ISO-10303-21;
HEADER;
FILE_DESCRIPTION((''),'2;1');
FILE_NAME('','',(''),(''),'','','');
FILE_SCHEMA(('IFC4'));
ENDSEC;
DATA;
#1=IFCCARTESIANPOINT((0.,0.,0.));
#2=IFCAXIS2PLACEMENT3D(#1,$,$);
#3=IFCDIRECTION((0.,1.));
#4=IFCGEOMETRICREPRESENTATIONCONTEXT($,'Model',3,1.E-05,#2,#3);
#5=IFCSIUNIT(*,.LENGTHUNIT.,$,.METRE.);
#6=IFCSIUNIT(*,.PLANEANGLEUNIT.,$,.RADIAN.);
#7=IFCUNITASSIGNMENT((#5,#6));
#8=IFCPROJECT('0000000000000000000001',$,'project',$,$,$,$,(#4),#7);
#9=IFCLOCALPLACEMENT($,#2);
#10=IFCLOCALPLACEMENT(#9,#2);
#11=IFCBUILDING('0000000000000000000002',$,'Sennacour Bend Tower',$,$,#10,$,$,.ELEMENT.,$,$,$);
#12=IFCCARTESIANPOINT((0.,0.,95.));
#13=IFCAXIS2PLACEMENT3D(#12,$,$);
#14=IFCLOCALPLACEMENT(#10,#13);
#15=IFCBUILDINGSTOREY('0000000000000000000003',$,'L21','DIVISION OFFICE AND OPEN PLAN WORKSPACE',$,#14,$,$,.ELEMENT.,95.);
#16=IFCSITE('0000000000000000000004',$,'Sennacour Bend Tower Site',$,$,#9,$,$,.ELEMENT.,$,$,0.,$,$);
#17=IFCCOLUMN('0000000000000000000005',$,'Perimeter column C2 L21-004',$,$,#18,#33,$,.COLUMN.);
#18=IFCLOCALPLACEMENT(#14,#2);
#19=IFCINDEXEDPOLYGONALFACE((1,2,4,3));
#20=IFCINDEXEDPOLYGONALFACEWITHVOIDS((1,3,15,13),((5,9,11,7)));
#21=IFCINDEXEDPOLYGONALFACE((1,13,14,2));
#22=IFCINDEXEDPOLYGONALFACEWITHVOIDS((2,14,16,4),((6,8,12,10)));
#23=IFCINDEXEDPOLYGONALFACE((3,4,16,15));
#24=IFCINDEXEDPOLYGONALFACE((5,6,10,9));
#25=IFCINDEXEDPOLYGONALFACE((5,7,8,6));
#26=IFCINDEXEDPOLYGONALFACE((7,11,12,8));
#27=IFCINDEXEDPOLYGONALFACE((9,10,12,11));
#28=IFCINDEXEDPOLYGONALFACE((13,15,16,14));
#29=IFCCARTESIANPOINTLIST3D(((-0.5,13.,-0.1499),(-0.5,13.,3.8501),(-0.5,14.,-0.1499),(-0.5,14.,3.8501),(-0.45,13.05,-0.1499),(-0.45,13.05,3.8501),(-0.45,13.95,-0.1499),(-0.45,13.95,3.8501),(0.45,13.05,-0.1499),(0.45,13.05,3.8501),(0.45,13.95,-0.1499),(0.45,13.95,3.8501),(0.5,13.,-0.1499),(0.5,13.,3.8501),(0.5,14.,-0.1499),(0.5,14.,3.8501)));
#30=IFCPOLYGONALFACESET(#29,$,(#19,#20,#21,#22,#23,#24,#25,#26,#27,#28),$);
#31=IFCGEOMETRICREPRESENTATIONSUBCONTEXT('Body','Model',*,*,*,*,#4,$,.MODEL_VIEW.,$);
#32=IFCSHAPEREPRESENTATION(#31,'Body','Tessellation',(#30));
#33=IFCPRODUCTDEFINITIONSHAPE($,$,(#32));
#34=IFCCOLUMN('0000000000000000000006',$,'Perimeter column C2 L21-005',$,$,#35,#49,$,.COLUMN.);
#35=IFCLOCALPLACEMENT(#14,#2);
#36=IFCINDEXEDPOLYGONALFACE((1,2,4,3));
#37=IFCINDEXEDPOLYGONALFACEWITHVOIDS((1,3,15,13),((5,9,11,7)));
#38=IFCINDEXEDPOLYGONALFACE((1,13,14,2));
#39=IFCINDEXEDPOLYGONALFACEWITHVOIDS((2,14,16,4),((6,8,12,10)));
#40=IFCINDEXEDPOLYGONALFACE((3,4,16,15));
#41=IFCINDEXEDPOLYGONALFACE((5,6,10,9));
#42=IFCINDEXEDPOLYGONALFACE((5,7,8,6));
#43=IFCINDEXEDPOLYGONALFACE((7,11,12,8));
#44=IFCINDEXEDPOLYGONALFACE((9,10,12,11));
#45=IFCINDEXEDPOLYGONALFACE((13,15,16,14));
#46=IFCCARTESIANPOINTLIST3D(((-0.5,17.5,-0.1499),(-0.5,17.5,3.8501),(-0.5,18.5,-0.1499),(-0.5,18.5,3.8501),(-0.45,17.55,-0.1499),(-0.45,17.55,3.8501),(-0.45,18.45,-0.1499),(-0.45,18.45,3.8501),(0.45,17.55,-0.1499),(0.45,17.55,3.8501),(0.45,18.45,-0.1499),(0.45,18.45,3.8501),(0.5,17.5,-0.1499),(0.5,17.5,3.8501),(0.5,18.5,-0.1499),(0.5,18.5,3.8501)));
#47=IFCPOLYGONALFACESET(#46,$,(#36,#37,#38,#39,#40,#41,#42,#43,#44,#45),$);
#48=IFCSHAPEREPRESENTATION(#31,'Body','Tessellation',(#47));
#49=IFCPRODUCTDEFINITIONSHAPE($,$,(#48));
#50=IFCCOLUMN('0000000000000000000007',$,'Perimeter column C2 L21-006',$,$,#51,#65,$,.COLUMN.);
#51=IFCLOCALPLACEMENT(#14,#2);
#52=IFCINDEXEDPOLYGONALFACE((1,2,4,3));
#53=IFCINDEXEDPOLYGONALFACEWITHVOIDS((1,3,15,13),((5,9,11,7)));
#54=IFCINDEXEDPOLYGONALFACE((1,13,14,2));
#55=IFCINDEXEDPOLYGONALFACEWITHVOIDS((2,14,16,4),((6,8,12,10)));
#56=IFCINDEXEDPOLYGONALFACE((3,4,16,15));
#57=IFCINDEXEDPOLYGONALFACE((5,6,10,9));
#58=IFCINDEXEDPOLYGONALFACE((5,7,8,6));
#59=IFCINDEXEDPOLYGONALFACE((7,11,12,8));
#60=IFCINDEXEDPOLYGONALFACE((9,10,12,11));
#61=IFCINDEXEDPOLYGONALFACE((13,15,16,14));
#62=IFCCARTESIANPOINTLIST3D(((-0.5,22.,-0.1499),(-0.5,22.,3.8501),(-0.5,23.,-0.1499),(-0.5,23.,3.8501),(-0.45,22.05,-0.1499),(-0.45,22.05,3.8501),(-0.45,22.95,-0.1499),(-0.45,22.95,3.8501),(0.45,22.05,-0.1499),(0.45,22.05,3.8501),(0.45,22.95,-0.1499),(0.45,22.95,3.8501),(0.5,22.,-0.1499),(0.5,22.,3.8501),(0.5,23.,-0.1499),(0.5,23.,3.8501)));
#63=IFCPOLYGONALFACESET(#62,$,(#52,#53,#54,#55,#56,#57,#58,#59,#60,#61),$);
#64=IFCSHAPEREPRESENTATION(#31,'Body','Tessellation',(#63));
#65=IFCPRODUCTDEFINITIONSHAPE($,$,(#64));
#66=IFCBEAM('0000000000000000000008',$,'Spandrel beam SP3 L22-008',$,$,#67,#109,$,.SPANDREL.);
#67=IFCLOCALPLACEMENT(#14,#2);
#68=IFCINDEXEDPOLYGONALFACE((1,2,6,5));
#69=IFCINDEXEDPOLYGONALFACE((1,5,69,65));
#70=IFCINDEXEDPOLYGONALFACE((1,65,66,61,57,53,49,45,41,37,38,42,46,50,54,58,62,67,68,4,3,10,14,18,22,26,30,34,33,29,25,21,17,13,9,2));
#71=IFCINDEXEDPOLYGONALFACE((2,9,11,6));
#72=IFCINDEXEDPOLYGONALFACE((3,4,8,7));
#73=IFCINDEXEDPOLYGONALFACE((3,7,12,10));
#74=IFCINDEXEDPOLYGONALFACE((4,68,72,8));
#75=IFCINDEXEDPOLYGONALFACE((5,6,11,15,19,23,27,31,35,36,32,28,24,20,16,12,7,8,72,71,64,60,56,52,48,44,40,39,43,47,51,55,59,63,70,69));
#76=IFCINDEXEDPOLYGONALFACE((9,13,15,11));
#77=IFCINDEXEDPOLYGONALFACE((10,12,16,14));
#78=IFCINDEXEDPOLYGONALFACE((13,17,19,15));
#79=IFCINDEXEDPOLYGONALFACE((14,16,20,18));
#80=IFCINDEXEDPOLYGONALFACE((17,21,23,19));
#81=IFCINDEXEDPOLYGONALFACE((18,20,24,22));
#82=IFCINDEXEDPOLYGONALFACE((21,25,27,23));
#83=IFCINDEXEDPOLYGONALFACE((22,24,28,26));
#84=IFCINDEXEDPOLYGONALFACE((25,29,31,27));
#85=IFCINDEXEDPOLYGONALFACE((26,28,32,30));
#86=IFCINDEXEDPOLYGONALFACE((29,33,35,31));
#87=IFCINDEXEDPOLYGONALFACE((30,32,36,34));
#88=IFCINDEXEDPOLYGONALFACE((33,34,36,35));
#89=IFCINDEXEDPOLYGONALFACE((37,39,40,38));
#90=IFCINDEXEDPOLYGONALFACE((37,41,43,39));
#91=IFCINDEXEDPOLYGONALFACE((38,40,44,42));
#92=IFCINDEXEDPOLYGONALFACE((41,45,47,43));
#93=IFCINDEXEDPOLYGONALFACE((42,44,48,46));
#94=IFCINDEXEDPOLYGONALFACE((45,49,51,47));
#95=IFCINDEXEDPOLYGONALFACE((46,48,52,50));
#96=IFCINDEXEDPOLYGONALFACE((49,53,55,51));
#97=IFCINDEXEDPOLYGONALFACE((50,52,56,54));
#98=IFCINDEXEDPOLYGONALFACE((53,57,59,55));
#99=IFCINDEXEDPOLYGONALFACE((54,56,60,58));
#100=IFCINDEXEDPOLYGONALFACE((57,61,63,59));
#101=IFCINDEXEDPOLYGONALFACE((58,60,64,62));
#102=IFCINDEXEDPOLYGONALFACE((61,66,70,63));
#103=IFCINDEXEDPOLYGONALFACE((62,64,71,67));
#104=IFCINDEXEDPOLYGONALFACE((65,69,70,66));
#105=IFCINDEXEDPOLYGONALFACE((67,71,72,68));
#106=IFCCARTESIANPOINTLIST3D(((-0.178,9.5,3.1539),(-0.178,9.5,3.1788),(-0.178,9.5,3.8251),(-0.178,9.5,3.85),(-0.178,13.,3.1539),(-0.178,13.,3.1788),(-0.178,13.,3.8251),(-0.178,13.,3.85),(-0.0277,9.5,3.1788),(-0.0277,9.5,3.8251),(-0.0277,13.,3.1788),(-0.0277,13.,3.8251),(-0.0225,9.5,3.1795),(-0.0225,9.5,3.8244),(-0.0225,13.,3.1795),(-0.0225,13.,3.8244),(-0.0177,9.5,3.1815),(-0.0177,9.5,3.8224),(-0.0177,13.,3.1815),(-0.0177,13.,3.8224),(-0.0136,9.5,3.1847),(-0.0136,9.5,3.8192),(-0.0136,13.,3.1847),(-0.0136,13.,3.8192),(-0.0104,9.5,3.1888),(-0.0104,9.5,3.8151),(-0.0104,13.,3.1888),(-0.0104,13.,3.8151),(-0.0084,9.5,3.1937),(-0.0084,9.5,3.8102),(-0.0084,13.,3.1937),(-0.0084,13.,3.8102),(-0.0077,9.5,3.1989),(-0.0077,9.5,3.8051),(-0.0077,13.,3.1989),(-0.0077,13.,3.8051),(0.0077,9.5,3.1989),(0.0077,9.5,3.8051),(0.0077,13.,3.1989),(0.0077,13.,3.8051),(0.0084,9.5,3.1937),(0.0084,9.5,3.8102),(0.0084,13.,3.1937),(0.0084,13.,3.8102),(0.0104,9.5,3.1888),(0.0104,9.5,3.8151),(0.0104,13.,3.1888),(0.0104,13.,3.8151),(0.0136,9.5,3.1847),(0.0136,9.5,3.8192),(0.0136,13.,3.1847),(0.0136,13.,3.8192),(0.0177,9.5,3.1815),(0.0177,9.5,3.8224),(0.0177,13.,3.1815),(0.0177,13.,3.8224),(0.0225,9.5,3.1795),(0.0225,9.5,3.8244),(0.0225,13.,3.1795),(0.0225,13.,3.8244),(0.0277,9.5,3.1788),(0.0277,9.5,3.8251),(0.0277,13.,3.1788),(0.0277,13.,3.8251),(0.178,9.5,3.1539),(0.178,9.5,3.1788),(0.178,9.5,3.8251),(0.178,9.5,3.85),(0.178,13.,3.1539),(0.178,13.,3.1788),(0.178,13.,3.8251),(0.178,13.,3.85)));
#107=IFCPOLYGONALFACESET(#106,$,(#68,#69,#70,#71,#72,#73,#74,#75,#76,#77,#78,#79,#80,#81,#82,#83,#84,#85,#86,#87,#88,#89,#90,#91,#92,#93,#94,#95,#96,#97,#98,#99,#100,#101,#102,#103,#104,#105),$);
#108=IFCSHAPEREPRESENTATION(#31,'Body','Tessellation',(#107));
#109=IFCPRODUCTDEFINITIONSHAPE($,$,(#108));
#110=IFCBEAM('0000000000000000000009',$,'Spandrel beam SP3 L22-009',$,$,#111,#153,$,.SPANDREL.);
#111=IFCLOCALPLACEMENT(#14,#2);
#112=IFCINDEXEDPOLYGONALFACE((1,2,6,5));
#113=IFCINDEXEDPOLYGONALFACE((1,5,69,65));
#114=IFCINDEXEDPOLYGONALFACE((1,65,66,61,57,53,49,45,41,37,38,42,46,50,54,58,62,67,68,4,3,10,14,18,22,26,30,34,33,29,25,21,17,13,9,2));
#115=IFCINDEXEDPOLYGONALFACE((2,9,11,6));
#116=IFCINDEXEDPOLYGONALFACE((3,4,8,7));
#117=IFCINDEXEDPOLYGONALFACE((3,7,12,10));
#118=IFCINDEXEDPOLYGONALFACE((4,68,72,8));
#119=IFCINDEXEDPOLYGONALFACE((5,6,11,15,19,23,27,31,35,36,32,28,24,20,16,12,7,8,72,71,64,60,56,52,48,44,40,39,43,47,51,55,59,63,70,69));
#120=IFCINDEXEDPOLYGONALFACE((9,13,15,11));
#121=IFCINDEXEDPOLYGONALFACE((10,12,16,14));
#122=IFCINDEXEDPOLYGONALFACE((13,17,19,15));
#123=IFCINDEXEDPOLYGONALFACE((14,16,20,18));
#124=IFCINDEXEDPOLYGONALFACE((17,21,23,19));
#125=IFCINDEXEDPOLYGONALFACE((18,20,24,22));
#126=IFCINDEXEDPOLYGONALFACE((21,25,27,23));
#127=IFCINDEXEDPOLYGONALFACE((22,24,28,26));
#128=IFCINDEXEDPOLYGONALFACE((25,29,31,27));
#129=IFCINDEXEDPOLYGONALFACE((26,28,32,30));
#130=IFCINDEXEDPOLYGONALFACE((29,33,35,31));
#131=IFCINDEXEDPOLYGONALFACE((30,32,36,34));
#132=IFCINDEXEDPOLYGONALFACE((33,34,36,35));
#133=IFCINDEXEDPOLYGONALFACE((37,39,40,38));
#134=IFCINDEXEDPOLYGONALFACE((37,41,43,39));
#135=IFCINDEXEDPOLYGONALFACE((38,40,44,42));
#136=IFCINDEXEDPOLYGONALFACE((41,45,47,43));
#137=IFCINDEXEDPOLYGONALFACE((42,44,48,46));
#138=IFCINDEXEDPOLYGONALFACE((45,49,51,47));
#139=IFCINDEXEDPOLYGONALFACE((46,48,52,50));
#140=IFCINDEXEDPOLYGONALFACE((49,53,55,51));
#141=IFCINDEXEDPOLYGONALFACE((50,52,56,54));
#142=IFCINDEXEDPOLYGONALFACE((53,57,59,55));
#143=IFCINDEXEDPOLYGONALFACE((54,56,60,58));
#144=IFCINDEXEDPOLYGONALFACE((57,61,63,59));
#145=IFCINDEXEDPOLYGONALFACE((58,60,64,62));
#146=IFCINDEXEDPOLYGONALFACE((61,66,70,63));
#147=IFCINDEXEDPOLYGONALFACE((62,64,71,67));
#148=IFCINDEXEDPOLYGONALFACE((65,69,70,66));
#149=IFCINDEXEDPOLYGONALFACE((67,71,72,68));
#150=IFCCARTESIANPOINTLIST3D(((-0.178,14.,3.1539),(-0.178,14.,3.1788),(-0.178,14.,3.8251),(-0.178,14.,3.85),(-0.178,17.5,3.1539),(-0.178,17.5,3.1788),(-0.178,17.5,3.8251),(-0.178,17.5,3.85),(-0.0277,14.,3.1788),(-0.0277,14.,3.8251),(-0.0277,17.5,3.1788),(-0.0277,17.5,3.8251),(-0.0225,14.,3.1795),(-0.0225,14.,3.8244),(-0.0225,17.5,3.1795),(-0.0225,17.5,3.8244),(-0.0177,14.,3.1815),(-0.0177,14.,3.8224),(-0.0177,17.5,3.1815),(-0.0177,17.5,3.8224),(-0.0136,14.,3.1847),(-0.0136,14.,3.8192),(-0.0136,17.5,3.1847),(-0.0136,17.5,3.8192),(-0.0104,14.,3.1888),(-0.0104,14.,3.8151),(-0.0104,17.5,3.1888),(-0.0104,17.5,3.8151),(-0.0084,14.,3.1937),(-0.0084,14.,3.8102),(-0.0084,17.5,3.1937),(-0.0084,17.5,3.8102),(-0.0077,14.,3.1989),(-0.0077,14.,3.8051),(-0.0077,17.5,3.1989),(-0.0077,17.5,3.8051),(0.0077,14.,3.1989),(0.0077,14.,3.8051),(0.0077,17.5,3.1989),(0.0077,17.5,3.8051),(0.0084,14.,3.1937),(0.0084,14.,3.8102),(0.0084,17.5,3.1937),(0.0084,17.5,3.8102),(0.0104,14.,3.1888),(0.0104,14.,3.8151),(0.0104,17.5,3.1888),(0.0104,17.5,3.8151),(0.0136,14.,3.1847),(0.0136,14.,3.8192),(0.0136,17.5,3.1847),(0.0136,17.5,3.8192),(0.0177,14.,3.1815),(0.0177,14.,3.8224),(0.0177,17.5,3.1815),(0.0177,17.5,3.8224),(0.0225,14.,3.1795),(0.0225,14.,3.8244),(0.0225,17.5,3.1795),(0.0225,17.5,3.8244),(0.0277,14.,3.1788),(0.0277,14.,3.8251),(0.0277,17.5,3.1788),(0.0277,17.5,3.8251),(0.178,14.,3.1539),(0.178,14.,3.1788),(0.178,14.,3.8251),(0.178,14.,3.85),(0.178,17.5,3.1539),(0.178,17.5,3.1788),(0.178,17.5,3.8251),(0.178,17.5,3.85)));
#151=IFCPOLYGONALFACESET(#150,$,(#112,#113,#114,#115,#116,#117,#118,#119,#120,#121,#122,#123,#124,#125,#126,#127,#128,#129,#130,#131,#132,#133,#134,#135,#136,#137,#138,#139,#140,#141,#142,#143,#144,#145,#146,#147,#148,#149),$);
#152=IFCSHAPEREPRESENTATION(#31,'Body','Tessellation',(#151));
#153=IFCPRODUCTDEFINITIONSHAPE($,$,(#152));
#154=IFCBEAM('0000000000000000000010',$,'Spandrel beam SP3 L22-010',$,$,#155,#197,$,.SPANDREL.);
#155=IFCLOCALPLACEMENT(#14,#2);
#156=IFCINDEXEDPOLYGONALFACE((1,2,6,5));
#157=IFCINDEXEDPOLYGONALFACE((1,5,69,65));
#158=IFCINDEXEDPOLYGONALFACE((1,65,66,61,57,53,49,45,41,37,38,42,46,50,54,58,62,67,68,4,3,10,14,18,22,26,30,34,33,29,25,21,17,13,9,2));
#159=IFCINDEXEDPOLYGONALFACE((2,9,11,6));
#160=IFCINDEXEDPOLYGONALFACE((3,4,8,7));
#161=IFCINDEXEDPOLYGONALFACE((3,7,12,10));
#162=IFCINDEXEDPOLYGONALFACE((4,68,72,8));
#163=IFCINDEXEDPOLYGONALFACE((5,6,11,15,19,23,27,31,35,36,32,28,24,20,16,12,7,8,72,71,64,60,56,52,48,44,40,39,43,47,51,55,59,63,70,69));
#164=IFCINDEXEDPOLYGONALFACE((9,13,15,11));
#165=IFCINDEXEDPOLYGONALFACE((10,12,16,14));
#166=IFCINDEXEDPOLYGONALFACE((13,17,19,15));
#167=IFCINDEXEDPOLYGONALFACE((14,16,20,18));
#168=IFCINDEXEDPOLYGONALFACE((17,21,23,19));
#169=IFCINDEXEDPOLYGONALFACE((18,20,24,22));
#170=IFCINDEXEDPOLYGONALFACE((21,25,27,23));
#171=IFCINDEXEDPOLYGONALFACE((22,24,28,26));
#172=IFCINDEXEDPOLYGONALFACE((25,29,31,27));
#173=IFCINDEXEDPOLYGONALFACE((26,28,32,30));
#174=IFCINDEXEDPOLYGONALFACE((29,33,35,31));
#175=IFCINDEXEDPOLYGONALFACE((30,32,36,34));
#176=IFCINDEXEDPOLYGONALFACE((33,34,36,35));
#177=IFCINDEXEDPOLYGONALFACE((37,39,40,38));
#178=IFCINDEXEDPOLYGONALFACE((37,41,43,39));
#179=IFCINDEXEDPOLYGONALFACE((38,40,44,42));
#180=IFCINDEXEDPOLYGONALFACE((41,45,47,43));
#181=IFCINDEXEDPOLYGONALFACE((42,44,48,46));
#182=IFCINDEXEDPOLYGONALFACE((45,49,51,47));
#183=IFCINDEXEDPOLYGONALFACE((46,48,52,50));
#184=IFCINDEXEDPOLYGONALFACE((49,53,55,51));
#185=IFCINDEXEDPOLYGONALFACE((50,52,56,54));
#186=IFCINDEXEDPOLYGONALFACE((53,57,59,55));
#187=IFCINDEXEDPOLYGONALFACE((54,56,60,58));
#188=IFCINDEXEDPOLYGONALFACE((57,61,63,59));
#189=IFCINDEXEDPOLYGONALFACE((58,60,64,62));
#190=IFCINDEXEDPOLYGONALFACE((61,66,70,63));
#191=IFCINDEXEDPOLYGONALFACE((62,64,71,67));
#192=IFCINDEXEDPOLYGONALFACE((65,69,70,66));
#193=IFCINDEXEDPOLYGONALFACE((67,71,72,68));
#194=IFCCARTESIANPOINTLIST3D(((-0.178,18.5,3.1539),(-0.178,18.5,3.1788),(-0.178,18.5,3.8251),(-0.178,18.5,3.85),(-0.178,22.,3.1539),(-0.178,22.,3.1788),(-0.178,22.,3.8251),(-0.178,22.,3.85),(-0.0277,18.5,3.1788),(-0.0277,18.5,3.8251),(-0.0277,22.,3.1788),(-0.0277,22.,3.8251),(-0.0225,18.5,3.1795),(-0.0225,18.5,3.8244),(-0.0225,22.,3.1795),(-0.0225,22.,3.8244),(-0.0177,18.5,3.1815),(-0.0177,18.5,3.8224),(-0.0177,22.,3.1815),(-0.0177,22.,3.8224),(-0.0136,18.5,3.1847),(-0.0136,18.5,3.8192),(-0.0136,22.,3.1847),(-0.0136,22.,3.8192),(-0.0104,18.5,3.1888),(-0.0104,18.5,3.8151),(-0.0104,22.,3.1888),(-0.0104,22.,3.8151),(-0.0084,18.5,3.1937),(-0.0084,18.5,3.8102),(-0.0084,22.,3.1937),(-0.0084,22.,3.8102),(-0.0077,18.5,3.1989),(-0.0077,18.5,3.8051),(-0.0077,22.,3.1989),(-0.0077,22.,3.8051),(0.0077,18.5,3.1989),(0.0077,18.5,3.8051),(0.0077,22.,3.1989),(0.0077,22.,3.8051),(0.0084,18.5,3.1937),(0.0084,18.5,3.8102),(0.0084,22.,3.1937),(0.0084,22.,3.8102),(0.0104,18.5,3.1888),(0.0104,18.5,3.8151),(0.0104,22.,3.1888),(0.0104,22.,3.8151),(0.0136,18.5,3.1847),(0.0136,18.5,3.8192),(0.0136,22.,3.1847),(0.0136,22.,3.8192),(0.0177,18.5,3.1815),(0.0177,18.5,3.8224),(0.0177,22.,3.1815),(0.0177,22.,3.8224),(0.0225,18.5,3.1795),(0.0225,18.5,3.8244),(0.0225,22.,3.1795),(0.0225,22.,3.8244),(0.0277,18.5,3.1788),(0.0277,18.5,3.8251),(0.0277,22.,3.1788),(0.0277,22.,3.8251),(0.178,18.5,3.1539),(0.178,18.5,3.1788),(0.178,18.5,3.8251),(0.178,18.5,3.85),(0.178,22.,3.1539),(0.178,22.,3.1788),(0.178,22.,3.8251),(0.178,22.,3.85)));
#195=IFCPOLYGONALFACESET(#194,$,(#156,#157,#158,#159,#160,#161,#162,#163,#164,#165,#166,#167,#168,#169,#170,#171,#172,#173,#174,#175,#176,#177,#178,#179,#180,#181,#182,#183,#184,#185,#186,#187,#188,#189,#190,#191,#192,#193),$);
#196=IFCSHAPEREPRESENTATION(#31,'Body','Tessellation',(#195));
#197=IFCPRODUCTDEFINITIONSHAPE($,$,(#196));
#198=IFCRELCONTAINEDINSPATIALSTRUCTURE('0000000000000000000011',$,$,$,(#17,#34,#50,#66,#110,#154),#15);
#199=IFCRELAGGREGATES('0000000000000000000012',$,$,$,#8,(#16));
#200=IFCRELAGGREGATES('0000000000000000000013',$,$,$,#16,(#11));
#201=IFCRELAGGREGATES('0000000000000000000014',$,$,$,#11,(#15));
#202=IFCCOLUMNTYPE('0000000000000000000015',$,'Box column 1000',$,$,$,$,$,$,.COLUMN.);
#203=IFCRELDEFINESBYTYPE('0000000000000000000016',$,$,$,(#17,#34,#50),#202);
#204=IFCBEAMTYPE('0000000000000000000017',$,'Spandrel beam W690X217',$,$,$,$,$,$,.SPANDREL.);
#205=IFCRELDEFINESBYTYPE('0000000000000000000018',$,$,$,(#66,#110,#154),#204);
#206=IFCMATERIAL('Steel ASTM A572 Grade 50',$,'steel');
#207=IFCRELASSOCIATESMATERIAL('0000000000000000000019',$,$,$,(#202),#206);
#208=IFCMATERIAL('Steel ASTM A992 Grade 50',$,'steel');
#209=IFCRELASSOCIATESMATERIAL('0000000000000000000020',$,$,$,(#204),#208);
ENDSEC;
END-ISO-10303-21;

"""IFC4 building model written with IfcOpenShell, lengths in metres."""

from ifc_helpers import new_model, si_unit, direction, frame, origin, origin_2d, place, context, subcontext, project, spatial, hollow_rectangle, i_section, extrude, material, material_profile, profile_set, type_object, element, save


model = new_model("IFC4")

# Units and contexts
model_context = context("Model", 3, precision=1e-05, world=origin(), true_north=direction((0.0, 1.0)))
body_context = subcontext(model_context, "Body", "Model", "MODEL_VIEW")
ifc_project = project(units=[si_unit("LENGTHUNIT", "METRE"), si_unit("PLANEANGLEUNIT", "RADIAN")], contexts=[model_context])

# Site, building, storey
site_placement = place(None, origin())
site = spatial("IfcSite", under=ifc_project, at=site_placement, Name="Sennacour Bend Tower Site", CompositionType="ELEMENT", RefElevation=0.0)
building_placement = place(site_placement, origin())
building = spatial("IfcBuilding", under=site, at=building_placement, Name="Sennacour Bend Tower", CompositionType="ELEMENT")
storey_placement = place(building_placement, frame((0.0, 0.0, 95.0)))
storey = spatial("IfcBuildingStorey", under=building, at=storey_placement, Name="L21", Description="DIVISION OFFICE AND OPEN PLAN WORKSPACE", CompositionType="ELEMENT", Elevation=95.0)

# Columns
ifc_material_1 = material(Name="Steel ASTM A572 Grade 50", Category="steel")
ifc_material_profile_1 = material_profile(ifc_material_1, hollow_rectangle(XDim=1.0, YDim=1.0, WallThickness=0.05, at=origin_2d()), Name="Steel ASTM A572 Grade 50", Category="steel")
ifc_profile_set_1 = profile_set([ifc_material_profile_1], Name="Steel ASTM A572 Grade 50")
column_type = type_object("IfcColumnType", Name="Box column 1000", PredefinedType="COLUMN", material=ifc_profile_set_1)
for number, where, z_axis, x_axis, name in (
    (1, (0.0, 13.5, -0.1499), (0.0, 0.0, 1.0), (1.0, 0.0, 0.0), "Perimeter column C2 L21-004"),
    (2, (0.0, 18.0, -0.1499), (0.0, 0.0, 1.0), (1.0, 0.0, 0.0), "Perimeter column C2 L21-005"),
    (3, (0.0, 22.5, -0.1499), (0.0, 0.0, 1.0), (1.0, 0.0, 0.0), "Perimeter column C2 L21-006"),
):
    element("IfcColumn", number, at=place(storey_placement, frame(where, z_axis=z_axis, x_axis=x_axis)), inside=storey, type_object=column_type, Name=name, PredefinedType="COLUMN", context=body_context, shape_type="SweptSolid", body=[
        extrude(hollow_rectangle(XDim=1.0, YDim=1.0, WallThickness=0.05, at=origin_2d()), origin(), (0.0, 0.0, 1.0), 4.0),
    ])

# Beams
ifc_material_2 = material(Name="Steel ASTM A992 Grade 50", Category="steel")
ifc_material_profile_2 = material_profile(ifc_material_2, i_section(OverallWidth=0.356, OverallDepth=0.696, WebThickness=0.0154, FlangeThickness=0.0249, FilletRadius=0.02, at=origin_2d()), Name="Steel ASTM A992 Grade 50", Category="steel")
ifc_profile_set_2 = profile_set([ifc_material_profile_2], Name="Steel ASTM A992 Grade 50")
beam_type = type_object("IfcBeamType", Name="Spandrel beam W690X217", PredefinedType="SPANDREL", material=ifc_profile_set_2)
for number, where, z_axis, x_axis, name in (
    (4, (0.0, 9.5, 3.502), (0.0, 1.0, 0.0), (-1.0, 0.0, 0.0), "Spandrel beam SP3 L22-008"),
    (5, (0.0, 14.0, 3.502), (0.0, 1.0, 0.0), (-1.0, 0.0, 0.0), "Spandrel beam SP3 L22-009"),
    (6, (0.0, 18.5, 3.502), (0.0, 1.0, 0.0), (-1.0, 0.0, 0.0), "Spandrel beam SP3 L22-010"),
):
    element("IfcBeam", number, at=place(storey_placement, frame(where, z_axis=z_axis, x_axis=x_axis)), inside=storey, type_object=beam_type, Name=name, PredefinedType="SPANDREL", context=body_context, shape_type="SweptSolid", body=[
        extrude(i_section(OverallWidth=0.356, OverallDepth=0.696, WebThickness=0.0154, FlangeThickness=0.0249, FilletRadius=0.02, at=origin_2d()), origin(), (0.0, 0.0, 1.0), 3.5),
    ])

save(model, "model.ifc")
